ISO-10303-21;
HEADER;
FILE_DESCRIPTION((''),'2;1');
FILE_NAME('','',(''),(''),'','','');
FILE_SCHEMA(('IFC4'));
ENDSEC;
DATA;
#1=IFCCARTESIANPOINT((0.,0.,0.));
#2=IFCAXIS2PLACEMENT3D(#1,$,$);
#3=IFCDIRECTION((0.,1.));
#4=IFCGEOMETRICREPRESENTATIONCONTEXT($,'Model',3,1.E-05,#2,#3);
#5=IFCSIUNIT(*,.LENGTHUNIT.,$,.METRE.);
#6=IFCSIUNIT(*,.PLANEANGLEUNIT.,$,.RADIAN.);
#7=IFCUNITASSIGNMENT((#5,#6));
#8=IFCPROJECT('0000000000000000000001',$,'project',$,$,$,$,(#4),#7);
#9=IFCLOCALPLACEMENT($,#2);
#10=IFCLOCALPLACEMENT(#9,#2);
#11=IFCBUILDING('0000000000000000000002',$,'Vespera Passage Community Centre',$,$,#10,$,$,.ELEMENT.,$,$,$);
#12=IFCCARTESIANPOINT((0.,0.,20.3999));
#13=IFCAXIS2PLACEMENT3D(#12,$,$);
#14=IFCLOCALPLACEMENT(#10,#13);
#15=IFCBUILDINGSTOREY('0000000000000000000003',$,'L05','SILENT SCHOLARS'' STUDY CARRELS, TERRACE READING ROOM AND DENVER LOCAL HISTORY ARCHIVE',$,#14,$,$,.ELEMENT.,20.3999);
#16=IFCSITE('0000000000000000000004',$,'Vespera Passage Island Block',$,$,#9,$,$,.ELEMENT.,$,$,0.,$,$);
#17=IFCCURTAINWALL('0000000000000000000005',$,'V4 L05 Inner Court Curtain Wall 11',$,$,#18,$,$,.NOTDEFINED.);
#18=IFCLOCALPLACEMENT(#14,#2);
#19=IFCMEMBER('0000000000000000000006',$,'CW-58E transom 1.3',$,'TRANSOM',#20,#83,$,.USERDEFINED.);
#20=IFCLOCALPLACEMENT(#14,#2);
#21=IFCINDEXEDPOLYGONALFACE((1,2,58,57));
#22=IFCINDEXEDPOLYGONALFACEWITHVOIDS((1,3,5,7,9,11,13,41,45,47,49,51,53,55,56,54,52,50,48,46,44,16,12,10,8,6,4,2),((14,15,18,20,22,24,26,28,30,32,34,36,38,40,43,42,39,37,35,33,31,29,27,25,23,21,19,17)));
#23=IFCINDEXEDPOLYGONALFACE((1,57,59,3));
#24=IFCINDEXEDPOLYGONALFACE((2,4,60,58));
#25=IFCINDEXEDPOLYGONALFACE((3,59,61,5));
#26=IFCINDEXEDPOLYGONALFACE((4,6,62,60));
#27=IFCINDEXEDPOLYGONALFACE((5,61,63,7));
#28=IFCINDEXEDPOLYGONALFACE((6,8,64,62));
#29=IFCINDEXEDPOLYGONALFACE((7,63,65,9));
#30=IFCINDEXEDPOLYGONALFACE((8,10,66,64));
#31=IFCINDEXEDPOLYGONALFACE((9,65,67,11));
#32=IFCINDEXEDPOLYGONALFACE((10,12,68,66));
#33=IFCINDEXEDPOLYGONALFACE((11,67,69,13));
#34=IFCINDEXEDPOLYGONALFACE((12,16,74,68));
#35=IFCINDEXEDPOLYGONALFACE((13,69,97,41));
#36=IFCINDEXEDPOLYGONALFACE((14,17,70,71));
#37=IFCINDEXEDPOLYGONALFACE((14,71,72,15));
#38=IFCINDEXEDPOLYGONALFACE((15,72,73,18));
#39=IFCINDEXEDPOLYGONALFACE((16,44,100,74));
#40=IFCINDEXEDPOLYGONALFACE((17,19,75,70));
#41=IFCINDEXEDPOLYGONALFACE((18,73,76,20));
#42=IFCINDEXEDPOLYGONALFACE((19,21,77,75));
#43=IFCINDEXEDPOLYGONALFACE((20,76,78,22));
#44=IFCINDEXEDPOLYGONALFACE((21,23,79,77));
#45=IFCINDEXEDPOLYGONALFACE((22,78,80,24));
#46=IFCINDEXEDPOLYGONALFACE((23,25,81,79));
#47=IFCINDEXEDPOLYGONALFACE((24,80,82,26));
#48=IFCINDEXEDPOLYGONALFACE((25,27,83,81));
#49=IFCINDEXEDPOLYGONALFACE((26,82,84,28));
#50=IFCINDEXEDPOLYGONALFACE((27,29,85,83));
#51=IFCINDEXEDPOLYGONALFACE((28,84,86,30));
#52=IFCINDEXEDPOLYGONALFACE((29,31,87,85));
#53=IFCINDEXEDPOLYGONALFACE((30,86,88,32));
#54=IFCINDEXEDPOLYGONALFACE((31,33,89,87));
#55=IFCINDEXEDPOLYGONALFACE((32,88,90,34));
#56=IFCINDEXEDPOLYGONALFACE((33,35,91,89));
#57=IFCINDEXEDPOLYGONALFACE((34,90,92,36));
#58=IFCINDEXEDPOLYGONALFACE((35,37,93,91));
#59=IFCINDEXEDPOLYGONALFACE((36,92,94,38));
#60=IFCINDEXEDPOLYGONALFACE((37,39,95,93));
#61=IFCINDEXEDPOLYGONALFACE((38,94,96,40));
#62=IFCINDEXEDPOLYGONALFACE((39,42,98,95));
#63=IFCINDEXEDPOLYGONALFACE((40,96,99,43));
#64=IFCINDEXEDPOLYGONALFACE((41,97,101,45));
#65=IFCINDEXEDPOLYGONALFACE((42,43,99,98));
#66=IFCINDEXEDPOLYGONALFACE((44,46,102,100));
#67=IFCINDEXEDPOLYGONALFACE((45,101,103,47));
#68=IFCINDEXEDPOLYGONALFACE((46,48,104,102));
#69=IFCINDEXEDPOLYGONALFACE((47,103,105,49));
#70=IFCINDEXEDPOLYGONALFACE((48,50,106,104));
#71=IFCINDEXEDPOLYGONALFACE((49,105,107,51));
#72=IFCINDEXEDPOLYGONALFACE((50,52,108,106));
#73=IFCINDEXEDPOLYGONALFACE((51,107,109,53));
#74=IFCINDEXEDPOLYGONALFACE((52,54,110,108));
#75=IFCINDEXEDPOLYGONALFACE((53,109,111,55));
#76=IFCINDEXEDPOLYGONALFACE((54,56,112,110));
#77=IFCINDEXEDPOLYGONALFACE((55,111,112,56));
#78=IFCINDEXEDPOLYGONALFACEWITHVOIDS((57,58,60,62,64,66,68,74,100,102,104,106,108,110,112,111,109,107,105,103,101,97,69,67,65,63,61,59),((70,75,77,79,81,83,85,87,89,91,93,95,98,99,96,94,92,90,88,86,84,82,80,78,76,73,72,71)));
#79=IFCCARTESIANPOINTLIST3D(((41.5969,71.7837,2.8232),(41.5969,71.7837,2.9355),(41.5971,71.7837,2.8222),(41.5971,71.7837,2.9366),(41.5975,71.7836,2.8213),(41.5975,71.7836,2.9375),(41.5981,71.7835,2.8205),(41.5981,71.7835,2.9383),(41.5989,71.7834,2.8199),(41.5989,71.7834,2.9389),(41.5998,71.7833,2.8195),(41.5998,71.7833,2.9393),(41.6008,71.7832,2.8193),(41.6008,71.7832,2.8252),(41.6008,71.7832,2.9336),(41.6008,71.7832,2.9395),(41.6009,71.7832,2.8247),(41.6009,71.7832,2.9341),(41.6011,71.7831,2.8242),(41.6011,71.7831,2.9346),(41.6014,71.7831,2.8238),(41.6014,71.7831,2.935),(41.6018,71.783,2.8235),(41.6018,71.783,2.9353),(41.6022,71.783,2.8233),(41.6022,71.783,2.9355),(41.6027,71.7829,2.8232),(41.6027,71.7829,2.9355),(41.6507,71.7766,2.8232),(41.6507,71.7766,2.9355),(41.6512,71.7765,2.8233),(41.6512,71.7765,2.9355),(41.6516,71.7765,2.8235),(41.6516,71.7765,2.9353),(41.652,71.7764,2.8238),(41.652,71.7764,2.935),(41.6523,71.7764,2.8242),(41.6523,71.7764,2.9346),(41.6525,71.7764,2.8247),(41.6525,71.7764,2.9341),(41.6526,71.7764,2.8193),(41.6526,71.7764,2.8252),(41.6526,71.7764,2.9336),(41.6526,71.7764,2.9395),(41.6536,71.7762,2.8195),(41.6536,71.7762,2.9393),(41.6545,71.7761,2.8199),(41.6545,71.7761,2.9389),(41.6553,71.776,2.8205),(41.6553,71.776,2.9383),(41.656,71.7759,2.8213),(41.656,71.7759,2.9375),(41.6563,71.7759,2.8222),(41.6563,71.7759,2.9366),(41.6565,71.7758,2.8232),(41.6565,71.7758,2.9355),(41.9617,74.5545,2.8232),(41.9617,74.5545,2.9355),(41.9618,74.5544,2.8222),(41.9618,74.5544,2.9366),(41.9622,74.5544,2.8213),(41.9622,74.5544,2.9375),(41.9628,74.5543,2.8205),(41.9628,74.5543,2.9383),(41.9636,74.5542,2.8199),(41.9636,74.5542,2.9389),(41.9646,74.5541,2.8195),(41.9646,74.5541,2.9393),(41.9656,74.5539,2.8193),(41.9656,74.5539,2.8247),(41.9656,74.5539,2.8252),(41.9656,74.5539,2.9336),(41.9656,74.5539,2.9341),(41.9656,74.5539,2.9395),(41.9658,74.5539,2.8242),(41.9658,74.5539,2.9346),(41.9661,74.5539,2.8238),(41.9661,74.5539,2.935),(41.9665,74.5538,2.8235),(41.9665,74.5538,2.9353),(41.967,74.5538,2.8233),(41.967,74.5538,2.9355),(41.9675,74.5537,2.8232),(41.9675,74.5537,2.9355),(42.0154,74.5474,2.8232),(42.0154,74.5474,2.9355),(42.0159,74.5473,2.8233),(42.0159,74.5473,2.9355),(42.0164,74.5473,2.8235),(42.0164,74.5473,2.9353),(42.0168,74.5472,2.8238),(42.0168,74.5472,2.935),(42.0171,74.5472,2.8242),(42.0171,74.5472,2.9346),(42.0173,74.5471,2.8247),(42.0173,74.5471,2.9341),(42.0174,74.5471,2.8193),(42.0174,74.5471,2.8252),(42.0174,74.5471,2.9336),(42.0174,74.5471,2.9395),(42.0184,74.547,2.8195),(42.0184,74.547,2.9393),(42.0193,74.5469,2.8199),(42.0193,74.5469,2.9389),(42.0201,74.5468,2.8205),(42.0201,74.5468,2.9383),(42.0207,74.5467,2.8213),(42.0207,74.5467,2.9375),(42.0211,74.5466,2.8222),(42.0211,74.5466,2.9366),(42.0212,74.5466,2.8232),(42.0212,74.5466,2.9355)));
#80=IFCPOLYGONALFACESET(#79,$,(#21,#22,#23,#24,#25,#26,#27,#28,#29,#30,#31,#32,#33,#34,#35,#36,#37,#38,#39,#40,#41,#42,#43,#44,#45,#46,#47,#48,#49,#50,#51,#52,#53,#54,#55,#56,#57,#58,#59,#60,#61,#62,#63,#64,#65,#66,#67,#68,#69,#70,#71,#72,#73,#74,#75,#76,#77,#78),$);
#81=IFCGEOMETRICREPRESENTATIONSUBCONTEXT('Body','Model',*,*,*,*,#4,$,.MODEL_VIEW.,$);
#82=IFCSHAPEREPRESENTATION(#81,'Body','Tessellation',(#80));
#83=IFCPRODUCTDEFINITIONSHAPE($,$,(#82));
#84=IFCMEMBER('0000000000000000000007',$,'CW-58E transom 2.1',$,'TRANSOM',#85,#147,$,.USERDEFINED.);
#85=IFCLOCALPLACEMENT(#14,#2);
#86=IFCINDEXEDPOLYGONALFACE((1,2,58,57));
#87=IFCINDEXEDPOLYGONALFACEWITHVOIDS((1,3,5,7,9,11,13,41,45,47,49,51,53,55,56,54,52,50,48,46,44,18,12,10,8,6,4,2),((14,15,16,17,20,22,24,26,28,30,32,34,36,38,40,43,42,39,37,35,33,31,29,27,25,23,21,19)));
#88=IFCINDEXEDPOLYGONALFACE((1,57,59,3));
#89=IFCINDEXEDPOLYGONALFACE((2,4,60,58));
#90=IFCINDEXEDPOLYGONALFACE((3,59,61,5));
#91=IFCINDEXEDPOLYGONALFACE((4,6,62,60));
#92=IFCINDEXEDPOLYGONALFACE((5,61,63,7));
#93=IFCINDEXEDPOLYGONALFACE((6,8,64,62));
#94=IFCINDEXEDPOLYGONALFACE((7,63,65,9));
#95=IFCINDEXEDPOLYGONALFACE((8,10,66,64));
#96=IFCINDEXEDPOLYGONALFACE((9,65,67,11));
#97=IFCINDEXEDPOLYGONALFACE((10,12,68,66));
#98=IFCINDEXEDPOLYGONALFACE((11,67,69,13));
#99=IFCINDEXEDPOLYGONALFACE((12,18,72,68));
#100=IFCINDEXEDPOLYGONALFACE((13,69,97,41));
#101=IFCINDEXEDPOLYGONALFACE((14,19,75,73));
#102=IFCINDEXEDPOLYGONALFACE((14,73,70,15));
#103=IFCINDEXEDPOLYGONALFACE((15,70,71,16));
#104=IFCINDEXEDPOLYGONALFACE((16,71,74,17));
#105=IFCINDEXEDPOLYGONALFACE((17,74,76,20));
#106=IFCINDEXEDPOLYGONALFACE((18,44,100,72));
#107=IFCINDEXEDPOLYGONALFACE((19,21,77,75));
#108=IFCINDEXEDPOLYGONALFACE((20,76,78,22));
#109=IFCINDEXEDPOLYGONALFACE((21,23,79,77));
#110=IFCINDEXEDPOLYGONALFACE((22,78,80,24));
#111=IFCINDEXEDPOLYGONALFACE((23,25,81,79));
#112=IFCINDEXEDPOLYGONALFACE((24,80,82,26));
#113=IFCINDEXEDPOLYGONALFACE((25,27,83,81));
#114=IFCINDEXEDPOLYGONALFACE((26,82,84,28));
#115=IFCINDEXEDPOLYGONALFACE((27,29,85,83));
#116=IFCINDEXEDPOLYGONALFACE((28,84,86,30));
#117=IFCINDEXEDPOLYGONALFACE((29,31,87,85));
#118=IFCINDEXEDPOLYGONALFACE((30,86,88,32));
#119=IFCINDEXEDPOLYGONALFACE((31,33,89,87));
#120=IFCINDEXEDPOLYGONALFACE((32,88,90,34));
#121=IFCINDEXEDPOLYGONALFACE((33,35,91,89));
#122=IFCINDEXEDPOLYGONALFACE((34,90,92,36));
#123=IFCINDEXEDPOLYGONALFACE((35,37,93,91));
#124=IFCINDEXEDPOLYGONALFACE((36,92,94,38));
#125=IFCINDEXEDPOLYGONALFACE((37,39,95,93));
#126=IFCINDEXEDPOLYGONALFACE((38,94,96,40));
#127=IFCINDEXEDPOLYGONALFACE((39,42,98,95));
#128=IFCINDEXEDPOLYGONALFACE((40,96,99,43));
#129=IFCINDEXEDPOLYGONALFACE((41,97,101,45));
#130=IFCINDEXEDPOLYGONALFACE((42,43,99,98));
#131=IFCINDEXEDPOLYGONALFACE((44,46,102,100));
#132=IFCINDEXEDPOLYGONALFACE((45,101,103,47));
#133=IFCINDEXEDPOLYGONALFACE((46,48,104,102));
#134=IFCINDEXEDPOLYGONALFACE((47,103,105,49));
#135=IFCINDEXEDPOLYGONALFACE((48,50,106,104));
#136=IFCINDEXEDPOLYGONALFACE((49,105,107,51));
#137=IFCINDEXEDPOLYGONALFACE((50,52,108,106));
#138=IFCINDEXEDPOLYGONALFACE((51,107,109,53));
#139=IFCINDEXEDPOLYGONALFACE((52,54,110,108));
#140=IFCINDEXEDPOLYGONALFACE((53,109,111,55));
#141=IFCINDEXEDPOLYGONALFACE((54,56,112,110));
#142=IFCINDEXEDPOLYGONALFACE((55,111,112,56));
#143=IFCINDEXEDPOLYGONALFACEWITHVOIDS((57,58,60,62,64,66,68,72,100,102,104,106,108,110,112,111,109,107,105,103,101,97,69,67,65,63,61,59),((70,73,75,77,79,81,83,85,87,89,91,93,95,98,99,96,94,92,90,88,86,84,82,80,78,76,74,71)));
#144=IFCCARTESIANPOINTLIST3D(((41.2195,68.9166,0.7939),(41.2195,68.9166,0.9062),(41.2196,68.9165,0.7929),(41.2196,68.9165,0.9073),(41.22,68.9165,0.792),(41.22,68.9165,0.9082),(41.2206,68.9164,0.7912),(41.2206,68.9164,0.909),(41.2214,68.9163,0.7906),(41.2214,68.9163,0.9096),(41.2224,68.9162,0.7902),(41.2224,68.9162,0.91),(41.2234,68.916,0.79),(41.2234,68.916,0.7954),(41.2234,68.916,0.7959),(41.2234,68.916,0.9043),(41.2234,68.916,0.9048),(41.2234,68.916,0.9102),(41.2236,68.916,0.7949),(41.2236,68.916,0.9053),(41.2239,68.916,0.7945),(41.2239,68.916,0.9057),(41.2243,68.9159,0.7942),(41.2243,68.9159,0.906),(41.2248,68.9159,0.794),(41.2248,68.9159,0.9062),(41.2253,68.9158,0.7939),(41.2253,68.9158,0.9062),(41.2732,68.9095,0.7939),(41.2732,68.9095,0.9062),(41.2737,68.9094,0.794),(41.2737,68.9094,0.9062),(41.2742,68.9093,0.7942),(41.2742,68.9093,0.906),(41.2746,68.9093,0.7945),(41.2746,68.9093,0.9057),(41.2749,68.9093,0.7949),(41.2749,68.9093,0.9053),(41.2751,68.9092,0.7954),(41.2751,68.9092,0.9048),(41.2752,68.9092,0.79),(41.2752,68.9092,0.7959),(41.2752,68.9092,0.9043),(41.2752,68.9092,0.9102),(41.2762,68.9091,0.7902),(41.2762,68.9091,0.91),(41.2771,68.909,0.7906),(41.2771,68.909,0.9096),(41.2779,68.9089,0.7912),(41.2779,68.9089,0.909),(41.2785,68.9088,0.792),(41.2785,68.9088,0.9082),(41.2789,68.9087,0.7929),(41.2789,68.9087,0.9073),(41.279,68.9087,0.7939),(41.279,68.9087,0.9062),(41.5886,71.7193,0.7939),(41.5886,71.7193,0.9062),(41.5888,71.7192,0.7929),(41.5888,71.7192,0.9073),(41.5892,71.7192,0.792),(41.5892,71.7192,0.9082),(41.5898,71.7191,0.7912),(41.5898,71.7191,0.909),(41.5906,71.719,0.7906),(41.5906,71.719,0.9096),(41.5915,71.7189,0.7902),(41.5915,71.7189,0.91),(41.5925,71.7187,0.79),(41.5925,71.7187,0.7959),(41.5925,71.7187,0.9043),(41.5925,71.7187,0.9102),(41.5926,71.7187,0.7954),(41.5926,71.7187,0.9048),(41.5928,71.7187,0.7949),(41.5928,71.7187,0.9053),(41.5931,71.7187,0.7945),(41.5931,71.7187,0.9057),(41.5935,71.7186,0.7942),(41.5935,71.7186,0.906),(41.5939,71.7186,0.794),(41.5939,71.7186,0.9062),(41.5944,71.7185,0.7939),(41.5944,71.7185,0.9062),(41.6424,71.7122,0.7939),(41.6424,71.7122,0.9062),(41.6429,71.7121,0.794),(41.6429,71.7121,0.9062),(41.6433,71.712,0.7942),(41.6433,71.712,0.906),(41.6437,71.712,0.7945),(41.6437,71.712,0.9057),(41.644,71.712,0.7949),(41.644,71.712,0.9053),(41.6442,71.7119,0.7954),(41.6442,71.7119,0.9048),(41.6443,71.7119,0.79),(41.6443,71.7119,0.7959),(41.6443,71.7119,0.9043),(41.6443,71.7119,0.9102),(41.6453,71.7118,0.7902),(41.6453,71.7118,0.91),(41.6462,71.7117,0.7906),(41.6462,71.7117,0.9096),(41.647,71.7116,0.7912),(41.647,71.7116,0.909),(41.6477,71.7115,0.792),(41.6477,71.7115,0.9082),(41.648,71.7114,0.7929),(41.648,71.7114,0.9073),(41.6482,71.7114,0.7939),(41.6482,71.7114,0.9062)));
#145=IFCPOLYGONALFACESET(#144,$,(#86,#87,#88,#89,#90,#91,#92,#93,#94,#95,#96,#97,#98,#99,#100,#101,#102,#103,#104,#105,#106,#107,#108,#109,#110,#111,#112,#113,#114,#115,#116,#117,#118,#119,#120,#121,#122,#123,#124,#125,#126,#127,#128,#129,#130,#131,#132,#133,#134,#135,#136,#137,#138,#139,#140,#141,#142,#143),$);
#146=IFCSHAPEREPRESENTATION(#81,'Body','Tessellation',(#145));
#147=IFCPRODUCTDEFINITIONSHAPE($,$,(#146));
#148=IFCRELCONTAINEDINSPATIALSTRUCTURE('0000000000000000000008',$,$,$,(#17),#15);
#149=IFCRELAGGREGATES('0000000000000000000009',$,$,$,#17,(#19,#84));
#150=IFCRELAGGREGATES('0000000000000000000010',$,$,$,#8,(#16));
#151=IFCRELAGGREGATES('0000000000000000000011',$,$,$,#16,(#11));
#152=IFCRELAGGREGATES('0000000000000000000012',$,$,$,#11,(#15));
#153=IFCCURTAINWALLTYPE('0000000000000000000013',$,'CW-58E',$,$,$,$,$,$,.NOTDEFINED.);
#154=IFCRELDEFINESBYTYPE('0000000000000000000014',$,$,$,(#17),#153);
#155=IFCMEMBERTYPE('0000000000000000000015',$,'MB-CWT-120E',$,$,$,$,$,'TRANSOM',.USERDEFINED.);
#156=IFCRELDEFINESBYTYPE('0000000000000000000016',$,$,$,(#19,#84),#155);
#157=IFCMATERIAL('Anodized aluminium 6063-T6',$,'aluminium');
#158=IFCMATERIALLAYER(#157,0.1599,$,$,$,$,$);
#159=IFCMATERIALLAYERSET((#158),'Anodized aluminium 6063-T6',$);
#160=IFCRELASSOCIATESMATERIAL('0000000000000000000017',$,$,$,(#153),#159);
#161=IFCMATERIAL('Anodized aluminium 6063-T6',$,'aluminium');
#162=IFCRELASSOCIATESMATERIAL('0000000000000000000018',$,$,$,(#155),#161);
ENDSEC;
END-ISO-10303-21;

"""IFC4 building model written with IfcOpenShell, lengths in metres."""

from ifc_helpers import new_model, si_unit, direction, frame, origin, origin_2d, place, context, subcontext, project, spatial, hollow_rectangle, extrude, material, layer, layer_set, material_profile, profile_set, type_object, element, aggregate, save


model = new_model("IFC4")

# Units and contexts
model_context = context("Model", 3, precision=1e-05, world=origin(), true_north=direction((0.0, 1.0)))
body_context = subcontext(model_context, "Body", "Model", "MODEL_VIEW")
ifc_project = project(units=[si_unit("LENGTHUNIT", "METRE"), si_unit("PLANEANGLEUNIT", "RADIAN")], contexts=[model_context])

# Site, building, storey
site_placement = place(None, origin())
site = spatial("IfcSite", under=ifc_project, at=site_placement, Name="Vespera Passage Island Block", CompositionType="ELEMENT", RefElevation=0.0)
building_placement = place(site_placement, origin())
building = spatial("IfcBuilding", under=site, at=building_placement, Name="Vespera Passage Community Centre", CompositionType="ELEMENT")
storey_placement = place(building_placement, frame((0.0, 0.0, 20.3999)))
storey = spatial("IfcBuildingStorey", under=building, at=storey_placement, Name="L05", Description="SILENT SCHOLARS' STUDY CARRELS, TERRACE READING ROOM AND DENVER LOCAL HISTORY ARCHIVE", CompositionType="ELEMENT", Elevation=20.3999)

# Curtain wall
ifc_material_1 = material(Name="Anodized aluminium 6063-T6", Category="aluminium")
ifc_layer_1 = layer(ifc_material_1, 0.1599)
ifc_layer_set_1 = layer_set([ifc_layer_1], Name="Anodized aluminium 6063-T6")
curtain_wall_type_1 = type_object("IfcCurtainWallType", Name="CW-58E", PredefinedType="NOTDEFINED", material=ifc_layer_set_1)
curtain_wall_1_placement = place(storey_placement, origin())
curtain_wall_1 = element("IfcCurtainWall", 1, at=curtain_wall_1_placement, inside=storey, type_object=curtain_wall_type_1, Name="V4 L05 Inner Court Curtain Wall 11", PredefinedType="NOTDEFINED")

# Members
ifc_material_2 = material(Name="Anodized aluminium 6063-T6", Category="aluminium")
ifc_material_profile_1 = material_profile(ifc_material_2, hollow_rectangle(XDim=0.0601, YDim=0.1201, WallThickness=0.0039, InnerFilletRadius=0.002, OuterFilletRadius=0.0039, at=origin_2d()), Name="ALU120X60X4")
ifc_profile_set_1 = profile_set([ifc_material_profile_1], Name="Anodized aluminium 6063-T6")
member_type_1 = type_object("IfcMemberType", Name="MB-CWT-120E", ElementType="TRANSOM", PredefinedType="USERDEFINED", material=ifc_profile_set_1)
member_1_placement = place(storey_placement, frame((41.9915, 74.5505, 2.8794), z_axis=(-0.130516, -0.991446, 0.0), x_axis=(0.991446, -0.130516, 0.0)))
member_1 = element("IfcMember", 2, at=member_1_placement, type_object=member_type_1, Name="CW-58E transom 1.3", ObjectType="TRANSOM", PredefinedType="USERDEFINED", context=body_context, shape_type="SweptSolid", body=[
    extrude(hollow_rectangle(XDim=0.0601, YDim=0.1201, WallThickness=0.0039, InnerFilletRadius=0.002, OuterFilletRadius=0.0039, at=origin_2d()), origin(), (0.0, 0.0, 1.0), 2.7947),
])
member_2_placement = place(storey_placement, frame((41.6184, 71.7153, 0.8501), z_axis=(-0.13058, -0.991438, 0.0), x_axis=(0.991438, -0.13058, 0.0)))
member_2 = element("IfcMember", 3, at=member_2_placement, type_object=member_type_1, Name="CW-58E transom 2.1", ObjectType="TRANSOM", PredefinedType="USERDEFINED", context=body_context, shape_type="SweptSolid", body=[
    extrude(hollow_rectangle(XDim=0.0601, YDim=0.1201, WallThickness=0.0039, InnerFilletRadius=0.002, OuterFilletRadius=0.0039, at=origin_2d()), origin(), (0.0, 0.0, 1.0), 2.8269),
])

aggregate(curtain_wall_1, [member_1, member_2])

save(model, "model.ifc")
